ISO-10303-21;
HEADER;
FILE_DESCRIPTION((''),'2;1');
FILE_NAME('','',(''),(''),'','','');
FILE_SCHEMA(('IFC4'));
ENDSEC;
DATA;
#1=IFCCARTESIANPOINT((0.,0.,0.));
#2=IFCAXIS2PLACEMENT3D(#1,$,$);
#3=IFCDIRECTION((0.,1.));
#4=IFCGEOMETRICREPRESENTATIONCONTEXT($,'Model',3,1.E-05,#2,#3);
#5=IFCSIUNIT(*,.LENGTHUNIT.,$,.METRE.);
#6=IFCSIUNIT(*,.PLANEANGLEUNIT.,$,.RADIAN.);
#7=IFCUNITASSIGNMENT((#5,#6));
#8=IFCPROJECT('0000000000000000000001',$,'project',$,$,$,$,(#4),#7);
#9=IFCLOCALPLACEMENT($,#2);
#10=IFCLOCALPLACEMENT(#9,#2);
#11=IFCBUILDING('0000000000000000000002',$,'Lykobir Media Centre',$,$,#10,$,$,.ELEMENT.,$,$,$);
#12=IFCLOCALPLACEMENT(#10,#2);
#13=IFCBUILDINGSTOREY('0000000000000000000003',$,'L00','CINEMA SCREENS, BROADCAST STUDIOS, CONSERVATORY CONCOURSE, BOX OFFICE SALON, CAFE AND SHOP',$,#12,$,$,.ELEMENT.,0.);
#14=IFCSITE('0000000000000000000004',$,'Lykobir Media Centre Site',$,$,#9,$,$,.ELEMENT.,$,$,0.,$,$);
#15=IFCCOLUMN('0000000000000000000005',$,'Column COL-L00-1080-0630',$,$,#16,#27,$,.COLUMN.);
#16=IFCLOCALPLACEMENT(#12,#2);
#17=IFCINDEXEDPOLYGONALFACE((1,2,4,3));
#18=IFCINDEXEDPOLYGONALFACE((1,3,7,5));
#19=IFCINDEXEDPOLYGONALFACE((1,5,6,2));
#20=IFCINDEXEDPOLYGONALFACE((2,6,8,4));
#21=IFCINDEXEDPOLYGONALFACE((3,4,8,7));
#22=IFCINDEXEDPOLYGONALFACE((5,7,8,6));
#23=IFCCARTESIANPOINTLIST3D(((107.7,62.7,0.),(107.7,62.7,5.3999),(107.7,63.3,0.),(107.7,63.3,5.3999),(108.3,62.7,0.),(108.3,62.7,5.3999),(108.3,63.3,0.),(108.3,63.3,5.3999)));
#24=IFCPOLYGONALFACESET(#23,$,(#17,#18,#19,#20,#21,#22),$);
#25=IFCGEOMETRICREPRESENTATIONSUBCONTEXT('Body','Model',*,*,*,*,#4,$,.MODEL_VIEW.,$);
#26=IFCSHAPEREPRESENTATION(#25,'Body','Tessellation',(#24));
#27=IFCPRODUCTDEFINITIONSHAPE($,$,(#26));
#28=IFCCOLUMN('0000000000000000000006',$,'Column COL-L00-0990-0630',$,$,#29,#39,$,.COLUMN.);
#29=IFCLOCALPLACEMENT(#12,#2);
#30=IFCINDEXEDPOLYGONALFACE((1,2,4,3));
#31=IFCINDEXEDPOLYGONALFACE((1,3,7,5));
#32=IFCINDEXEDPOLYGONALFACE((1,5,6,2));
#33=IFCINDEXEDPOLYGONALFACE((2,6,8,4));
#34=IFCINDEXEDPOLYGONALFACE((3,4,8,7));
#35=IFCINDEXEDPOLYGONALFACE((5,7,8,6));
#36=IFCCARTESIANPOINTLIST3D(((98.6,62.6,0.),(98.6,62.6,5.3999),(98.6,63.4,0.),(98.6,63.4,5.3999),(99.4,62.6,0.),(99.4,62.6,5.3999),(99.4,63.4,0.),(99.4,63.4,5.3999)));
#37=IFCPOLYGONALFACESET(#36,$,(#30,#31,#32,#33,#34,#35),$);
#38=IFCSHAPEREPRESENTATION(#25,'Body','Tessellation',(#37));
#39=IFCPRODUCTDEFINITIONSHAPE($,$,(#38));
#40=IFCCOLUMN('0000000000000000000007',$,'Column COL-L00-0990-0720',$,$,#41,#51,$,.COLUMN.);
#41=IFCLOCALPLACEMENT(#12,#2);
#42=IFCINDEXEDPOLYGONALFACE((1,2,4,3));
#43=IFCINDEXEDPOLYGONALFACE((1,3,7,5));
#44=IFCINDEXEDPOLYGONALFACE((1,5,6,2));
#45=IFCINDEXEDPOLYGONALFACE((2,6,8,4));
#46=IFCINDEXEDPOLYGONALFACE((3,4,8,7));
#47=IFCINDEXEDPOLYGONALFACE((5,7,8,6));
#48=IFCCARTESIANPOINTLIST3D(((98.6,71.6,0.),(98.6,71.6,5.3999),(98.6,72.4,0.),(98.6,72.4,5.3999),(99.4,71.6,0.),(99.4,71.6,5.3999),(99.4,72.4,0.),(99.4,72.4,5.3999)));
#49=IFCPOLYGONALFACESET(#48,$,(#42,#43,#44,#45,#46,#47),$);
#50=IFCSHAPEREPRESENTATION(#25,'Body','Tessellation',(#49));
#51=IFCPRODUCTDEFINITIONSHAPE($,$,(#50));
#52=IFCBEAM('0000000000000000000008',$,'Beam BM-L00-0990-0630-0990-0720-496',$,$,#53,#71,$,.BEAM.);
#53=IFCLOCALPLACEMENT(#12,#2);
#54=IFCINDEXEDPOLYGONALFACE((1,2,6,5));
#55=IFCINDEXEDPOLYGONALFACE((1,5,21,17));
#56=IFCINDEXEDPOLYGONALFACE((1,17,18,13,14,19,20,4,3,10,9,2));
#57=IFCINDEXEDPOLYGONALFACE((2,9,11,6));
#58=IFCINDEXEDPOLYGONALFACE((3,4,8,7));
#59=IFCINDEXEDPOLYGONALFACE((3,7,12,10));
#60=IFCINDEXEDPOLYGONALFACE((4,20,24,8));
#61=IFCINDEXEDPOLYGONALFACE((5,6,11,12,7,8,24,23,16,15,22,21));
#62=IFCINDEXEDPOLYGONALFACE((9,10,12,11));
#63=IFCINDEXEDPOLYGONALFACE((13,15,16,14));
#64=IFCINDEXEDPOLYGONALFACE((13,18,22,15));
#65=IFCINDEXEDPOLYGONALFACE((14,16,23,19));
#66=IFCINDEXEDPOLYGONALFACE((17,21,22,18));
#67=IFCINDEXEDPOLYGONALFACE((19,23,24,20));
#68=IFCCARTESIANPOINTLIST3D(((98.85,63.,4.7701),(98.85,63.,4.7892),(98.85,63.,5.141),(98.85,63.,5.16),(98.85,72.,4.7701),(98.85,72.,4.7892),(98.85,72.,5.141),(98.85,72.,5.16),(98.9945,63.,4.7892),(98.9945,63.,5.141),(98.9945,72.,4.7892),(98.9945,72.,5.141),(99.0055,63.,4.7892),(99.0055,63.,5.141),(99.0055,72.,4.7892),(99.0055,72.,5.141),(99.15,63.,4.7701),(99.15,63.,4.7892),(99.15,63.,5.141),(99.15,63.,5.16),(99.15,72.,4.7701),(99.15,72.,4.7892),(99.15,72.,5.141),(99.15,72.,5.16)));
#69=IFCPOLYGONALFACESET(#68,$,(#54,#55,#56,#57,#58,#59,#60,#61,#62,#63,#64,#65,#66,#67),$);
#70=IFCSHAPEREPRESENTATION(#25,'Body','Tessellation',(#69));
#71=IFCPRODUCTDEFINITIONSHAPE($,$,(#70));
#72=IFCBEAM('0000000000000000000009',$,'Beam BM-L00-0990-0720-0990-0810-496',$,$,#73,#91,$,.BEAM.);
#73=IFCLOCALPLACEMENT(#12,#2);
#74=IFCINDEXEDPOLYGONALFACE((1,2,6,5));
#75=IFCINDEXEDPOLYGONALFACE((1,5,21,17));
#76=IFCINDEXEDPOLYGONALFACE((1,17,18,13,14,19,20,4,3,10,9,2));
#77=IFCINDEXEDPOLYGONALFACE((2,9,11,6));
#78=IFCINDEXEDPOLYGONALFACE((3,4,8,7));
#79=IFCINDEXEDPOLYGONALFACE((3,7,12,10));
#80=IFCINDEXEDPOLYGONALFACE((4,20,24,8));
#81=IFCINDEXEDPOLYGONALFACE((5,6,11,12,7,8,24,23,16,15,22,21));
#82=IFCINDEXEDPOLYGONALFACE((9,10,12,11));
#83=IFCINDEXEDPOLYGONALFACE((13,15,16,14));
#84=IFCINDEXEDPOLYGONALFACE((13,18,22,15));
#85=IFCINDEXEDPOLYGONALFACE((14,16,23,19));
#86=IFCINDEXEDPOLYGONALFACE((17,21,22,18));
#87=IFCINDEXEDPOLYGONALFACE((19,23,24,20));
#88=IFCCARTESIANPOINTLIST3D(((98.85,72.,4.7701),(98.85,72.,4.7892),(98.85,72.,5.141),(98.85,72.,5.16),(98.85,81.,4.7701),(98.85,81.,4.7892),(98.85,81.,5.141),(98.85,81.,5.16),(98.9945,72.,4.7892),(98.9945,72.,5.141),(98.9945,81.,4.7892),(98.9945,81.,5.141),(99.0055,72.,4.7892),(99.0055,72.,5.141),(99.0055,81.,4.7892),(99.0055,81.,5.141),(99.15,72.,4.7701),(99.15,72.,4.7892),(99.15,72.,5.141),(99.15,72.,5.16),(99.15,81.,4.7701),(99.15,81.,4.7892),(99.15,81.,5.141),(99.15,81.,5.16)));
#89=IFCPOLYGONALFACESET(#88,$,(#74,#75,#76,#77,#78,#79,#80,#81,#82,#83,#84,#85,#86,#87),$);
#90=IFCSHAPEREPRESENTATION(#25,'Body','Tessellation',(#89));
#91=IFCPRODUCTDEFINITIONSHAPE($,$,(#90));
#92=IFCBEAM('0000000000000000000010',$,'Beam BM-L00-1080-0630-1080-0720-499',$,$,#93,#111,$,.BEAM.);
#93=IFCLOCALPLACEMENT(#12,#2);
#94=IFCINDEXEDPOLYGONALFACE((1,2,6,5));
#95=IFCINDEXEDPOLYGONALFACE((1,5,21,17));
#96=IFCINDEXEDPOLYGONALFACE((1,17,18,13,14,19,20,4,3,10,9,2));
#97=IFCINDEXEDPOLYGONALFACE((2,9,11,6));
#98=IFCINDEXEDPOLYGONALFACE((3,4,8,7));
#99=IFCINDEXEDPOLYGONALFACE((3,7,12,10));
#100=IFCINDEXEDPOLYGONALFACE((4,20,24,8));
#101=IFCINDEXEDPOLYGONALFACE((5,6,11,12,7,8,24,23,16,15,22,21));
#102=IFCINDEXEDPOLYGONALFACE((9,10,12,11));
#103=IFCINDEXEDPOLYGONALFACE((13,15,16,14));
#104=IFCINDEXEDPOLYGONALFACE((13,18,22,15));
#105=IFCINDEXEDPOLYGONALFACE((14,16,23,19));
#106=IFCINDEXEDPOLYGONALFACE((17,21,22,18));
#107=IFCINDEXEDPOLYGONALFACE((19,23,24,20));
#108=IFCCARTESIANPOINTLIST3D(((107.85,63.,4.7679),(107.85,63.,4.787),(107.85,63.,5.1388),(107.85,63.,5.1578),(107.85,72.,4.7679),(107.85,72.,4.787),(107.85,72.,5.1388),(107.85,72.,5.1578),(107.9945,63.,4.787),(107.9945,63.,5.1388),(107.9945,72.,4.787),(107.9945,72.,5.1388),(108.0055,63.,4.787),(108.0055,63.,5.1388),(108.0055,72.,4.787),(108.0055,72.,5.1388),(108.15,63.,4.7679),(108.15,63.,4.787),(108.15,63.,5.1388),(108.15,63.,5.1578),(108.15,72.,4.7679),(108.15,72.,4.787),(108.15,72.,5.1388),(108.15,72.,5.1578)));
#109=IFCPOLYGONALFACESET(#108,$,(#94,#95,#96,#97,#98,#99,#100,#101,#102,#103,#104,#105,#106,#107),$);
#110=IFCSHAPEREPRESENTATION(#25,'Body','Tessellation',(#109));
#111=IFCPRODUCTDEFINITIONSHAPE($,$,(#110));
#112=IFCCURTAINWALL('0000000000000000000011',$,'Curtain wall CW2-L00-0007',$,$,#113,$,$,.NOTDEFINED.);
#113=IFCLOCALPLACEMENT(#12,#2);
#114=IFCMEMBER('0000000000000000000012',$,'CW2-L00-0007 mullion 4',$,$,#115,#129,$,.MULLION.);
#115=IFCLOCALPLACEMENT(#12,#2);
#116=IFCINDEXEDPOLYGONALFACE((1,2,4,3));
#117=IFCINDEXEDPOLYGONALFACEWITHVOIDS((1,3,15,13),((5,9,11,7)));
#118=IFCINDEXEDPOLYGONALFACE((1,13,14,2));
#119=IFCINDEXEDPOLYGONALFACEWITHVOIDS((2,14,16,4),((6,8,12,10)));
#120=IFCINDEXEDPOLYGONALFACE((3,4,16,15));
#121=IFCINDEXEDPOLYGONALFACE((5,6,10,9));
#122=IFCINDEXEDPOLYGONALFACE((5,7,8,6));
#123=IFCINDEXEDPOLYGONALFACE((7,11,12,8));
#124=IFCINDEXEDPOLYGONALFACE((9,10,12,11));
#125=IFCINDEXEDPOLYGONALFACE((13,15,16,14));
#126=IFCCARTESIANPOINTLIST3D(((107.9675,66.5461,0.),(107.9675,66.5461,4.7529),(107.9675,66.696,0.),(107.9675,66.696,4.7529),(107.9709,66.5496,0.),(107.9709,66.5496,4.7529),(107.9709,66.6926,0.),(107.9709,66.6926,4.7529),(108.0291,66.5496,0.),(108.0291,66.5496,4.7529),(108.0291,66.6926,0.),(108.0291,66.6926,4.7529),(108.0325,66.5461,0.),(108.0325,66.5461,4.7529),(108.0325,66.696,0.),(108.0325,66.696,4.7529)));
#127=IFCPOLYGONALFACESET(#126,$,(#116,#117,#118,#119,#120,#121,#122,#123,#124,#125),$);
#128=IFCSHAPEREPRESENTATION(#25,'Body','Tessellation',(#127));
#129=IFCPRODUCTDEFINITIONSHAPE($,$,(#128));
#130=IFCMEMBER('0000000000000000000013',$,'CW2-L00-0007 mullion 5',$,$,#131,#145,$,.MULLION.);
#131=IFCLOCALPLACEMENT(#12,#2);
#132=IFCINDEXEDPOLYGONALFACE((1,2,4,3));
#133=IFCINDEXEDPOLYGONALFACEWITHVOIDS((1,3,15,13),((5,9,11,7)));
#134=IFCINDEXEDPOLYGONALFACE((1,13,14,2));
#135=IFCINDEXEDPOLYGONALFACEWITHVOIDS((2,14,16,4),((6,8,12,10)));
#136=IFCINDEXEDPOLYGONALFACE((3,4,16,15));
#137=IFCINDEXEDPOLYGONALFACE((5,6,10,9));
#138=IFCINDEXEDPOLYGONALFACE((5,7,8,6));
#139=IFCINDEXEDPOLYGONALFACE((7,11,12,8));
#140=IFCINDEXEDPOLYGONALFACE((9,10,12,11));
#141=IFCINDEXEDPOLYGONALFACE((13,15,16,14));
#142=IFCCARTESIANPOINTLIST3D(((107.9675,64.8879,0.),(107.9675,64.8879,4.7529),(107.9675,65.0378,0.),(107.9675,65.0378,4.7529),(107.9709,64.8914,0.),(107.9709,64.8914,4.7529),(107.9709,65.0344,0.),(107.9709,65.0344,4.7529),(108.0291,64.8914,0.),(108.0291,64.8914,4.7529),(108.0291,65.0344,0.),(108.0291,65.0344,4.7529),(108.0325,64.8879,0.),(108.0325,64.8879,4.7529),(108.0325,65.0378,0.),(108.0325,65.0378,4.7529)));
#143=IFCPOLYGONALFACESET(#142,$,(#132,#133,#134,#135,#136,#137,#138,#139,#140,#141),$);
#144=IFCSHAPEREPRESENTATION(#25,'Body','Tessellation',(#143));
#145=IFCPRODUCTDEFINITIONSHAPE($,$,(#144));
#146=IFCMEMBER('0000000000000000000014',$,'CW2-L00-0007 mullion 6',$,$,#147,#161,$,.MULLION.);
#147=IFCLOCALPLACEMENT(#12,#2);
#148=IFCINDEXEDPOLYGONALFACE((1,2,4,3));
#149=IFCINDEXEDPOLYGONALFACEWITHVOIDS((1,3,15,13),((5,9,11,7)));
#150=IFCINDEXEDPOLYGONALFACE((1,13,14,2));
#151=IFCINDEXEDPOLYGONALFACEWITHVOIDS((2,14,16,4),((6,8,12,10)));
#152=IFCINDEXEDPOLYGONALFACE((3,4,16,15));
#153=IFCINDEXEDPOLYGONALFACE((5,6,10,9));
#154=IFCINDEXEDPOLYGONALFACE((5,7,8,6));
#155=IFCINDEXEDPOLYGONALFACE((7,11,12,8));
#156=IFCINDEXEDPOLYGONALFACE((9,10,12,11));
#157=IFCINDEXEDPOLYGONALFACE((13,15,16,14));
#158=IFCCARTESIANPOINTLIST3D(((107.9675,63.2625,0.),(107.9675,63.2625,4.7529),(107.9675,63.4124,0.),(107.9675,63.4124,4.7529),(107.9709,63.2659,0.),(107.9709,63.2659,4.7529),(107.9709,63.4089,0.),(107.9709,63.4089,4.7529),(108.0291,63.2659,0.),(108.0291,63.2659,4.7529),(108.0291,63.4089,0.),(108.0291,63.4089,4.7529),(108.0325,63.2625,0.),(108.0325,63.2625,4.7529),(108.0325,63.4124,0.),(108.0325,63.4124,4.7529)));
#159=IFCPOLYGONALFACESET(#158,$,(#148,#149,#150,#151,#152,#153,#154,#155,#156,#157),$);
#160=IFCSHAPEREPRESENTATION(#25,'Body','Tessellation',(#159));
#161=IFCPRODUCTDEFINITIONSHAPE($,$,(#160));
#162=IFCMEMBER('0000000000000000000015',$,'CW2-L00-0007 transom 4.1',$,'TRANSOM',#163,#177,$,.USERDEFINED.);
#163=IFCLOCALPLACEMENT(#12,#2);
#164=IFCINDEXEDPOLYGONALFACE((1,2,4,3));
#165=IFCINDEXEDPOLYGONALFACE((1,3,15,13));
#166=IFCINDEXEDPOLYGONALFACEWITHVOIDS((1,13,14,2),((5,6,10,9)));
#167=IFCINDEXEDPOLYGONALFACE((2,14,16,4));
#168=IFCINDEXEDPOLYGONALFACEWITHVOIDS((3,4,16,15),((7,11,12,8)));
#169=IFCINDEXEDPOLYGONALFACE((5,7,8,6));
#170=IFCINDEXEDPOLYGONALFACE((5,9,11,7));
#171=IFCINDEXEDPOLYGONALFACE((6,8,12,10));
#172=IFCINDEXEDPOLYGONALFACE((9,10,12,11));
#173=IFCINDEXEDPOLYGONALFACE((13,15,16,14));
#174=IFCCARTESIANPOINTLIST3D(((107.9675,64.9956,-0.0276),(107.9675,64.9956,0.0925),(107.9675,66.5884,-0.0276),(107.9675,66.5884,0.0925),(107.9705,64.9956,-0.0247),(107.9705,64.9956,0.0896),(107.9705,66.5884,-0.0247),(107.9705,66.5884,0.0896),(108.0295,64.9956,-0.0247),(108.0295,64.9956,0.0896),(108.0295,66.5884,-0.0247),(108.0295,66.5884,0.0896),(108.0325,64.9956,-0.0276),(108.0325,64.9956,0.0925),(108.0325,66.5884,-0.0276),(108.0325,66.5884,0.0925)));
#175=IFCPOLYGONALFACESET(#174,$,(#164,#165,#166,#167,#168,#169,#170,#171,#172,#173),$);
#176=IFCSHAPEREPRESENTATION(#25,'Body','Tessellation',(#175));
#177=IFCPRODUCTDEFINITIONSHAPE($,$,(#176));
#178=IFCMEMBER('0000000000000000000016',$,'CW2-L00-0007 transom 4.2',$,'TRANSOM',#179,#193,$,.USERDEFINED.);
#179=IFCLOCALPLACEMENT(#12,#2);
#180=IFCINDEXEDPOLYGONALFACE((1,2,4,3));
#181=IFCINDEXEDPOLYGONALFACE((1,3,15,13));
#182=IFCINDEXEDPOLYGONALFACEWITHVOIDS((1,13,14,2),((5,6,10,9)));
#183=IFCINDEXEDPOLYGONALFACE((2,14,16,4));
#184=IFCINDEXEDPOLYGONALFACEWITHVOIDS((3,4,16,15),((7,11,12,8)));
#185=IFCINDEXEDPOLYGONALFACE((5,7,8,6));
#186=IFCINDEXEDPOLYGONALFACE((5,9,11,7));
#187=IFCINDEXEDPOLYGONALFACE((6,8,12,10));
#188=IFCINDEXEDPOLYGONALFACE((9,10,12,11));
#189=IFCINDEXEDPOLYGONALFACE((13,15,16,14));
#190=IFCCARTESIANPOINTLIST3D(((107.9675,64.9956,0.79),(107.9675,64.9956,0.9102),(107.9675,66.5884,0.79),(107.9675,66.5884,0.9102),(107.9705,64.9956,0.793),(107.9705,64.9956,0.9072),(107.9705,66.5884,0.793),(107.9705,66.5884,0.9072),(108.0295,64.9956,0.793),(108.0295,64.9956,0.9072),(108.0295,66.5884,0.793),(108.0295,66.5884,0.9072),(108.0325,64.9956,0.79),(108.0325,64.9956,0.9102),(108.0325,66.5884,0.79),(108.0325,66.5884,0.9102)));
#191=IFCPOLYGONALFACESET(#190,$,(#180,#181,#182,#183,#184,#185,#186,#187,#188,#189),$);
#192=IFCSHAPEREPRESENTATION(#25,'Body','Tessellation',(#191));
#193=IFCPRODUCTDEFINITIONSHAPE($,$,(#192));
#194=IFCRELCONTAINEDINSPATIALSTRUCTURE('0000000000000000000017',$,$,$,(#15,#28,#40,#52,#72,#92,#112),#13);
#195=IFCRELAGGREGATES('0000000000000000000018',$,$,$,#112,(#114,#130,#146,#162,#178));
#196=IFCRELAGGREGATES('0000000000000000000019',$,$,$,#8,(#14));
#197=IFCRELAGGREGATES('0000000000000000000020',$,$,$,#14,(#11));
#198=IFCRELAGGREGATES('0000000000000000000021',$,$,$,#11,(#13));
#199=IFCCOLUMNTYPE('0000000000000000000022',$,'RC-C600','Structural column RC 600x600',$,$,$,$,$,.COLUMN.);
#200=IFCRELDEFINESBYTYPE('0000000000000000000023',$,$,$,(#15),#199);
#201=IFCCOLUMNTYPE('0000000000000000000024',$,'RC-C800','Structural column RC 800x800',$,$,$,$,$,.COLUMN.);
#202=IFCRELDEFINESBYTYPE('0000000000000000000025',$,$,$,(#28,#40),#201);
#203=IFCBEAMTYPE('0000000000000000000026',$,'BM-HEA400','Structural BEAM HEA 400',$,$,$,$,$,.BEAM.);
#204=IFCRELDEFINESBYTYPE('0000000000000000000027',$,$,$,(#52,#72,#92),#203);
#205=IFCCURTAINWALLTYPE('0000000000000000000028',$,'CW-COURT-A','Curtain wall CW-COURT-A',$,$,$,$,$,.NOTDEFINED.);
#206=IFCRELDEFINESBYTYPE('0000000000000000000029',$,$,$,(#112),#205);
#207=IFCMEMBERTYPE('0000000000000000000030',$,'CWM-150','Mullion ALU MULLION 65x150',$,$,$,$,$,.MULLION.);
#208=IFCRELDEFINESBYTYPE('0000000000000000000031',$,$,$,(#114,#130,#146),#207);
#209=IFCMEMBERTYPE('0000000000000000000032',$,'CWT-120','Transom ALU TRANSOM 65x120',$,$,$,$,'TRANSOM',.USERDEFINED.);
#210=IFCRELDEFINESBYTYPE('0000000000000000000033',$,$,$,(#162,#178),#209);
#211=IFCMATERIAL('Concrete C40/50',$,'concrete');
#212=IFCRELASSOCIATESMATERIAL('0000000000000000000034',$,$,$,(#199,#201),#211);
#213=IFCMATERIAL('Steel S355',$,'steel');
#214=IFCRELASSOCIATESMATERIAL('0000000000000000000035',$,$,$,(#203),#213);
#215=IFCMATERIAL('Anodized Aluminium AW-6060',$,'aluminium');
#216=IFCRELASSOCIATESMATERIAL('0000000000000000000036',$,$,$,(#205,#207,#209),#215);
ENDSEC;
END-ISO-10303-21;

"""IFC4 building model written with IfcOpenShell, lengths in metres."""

from ifc_helpers import new_model, si_unit, direction, frame, origin, origin_2d, place, context, subcontext, project, spatial, rectangle, hollow_rectangle, i_section, extrude, material, material_profile, profile_set, type_object, element, aggregate, save


model = new_model("IFC4")

# Units and contexts
model_context = context("Model", 3, precision=1e-05, world=origin(), true_north=direction((0.0, 1.0)))
body_context = subcontext(model_context, "Body", "Model", "MODEL_VIEW")
ifc_project = project(units=[si_unit("LENGTHUNIT", "METRE"), si_unit("PLANEANGLEUNIT", "RADIAN")], contexts=[model_context])

# Site, building, storey
site_placement = place(None, origin())
site = spatial("IfcSite", under=ifc_project, at=site_placement, Name="Lykobir Media Centre Site", CompositionType="ELEMENT", RefElevation=0.0)
building_placement = place(site_placement, origin())
building = spatial("IfcBuilding", under=site, at=building_placement, Name="Lykobir Media Centre", CompositionType="ELEMENT")
storey_placement = place(building_placement, origin())
storey = spatial("IfcBuildingStorey", under=building, at=storey_placement, Name="L00", Description="CINEMA SCREENS, BROADCAST STUDIOS, CONSERVATORY CONCOURSE, BOX OFFICE SALON, CAFE AND SHOP", CompositionType="ELEMENT", Elevation=0.0)

# Columns
ifc_material_1 = material(Name="Concrete C40/50", Category="concrete")
ifc_material_profile_1 = material_profile(ifc_material_1, rectangle(XDim=0.6001, YDim=0.6001, at=origin_2d()), Name="RC 600x600")
ifc_profile_set_1 = profile_set([ifc_material_profile_1], Name="Concrete C40/50")
column_type_1 = type_object("IfcColumnType", Name="RC-C600", Description="Structural column RC 600x600", PredefinedType="COLUMN", material=ifc_profile_set_1)
column_placement = place(storey_placement, frame((108.0, 63.0, 0.0), z_axis=(0.0, 0.0, 1.0), x_axis=(1.0, 0.0, 0.0)))
element("IfcColumn", 1, at=column_placement, inside=storey, type_object=column_type_1, Name="Column COL-L00-1080-0630", PredefinedType="COLUMN", context=body_context, shape_type="SweptSolid", body=[
    extrude(rectangle(XDim=0.6001, YDim=0.6001, at=origin_2d()), origin(), (0.0, 0.0, 1.0), 5.3999),
])
ifc_material_profile_2 = material_profile(ifc_material_1, rectangle(XDim=0.8, YDim=0.8, at=origin_2d()), Name="RC 800x800")
ifc_profile_set_2 = profile_set([ifc_material_profile_2], Name="Concrete C40/50")
column_type_2 = type_object("IfcColumnType", Name="RC-C800", Description="Structural column RC 800x800", PredefinedType="COLUMN", material=ifc_profile_set_2)
for number, where, z_axis, x_axis, name in (
    (2, (99.0, 63.0, 0.0), (0.0, 0.0, 1.0), (1.0, 0.0, 0.0), "Column COL-L00-0990-0630"),
    (3, (99.0, 72.0, 0.0), (0.0, 0.0, 1.0), (1.0, 0.0, 0.0), "Column COL-L00-0990-0720"),
):
    element("IfcColumn", number, at=place(storey_placement, frame(where, z_axis=z_axis, x_axis=x_axis)), inside=storey, type_object=column_type_2, Name=name, PredefinedType="COLUMN", context=body_context, shape_type="SweptSolid", body=[
        extrude(rectangle(XDim=0.8, YDim=0.8, at=origin_2d()), origin(), (0.0, 0.0, 1.0), 5.3999),
    ])

# Beams
ifc_material_2 = material(Name="Steel S355", Category="steel")
ifc_material_profile_3 = material_profile(ifc_material_2, i_section(OverallWidth=0.3, OverallDepth=0.3899, WebThickness=0.011, FlangeThickness=0.019, at=origin_2d()), Name="HEA 400")
ifc_profile_set_3 = profile_set([ifc_material_profile_3], Name="Steel S355")
beam_type_1 = type_object("IfcBeamType", Name="BM-HEA400", Description="Structural BEAM HEA 400", PredefinedType="BEAM", material=ifc_profile_set_3)
for number, where, z_axis, x_axis, name in (
    (4, (99.0, 63.0, 4.9651), (0.0, 1.0, 0.0), (-1.0, 0.0, 0.0), "Beam BM-L00-0990-0630-0990-0720-496"),
    (5, (99.0, 72.0, 4.9651), (0.0, 1.0, 0.0), (-1.0, 0.0, 0.0), "Beam BM-L00-0990-0720-0990-0810-496"),
    (6, (108.0, 63.0, 4.9629), (0.0, 1.0, 0.0), (-1.0, 0.0, 0.0), "Beam BM-L00-1080-0630-1080-0720-499"),
):
    element("IfcBeam", number, at=place(storey_placement, frame(where, z_axis=z_axis, x_axis=x_axis)), inside=storey, type_object=beam_type_1, Name=name, PredefinedType="BEAM", context=body_context, shape_type="SweptSolid", body=[
        extrude(i_section(OverallWidth=0.3, OverallDepth=0.3899, WebThickness=0.011, FlangeThickness=0.019, at=origin_2d()), origin(), (0.0, 0.0, 1.0), 9.0),
    ])

# Curtain wall, members
ifc_material_3 = material(Name="Anodized Aluminium AW-6060", Category="aluminium")
curtain_wall_type = type_object("IfcCurtainWallType", Name="CW-COURT-A", Description="Curtain wall CW-COURT-A", PredefinedType="NOTDEFINED", material=ifc_material_3)
curtain_wall_placement = place(storey_placement, origin())
curtain_wall = element("IfcCurtainWall", 7, at=curtain_wall_placement, inside=storey, type_object=curtain_wall_type, Name="Curtain wall CW2-L00-0007", PredefinedType="NOTDEFINED")
ifc_material_profile_4 = material_profile(ifc_material_3, hollow_rectangle(XDim=0.0649, YDim=0.1499, WallThickness=0.0034, at=origin_2d()), Name="ALU MULLION 65x150")
ifc_profile_set_4 = profile_set([ifc_material_profile_4], Name="Anodized Aluminium AW-6060")
member_type_1 = type_object("IfcMemberType", Name="CWM-150", Description="Mullion ALU MULLION 65x150", PredefinedType="MULLION", material=ifc_profile_set_4)
member_1_placement = place(storey_placement, frame((108.0, 66.6211, 0.0), z_axis=(0.0, 0.0, 1.0), x_axis=(1.0, 0.0, 0.0)))
member_1 = element("IfcMember", 8, at=member_1_placement, type_object=member_type_1, Name="CW2-L00-0007 mullion 4", PredefinedType="MULLION", context=body_context, shape_type="SweptSolid", body=[
    extrude(hollow_rectangle(XDim=0.0649, YDim=0.1499, WallThickness=0.0034, at=origin_2d()), origin(), (0.0, 0.0, 1.0), 4.7529),
])
member_2_placement = place(storey_placement, frame((108.0, 64.9629, 0.0), z_axis=(0.0, 0.0, 1.0), x_axis=(1.0, 0.0, 0.0)))
member_2 = element("IfcMember", 9, at=member_2_placement, type_object=member_type_1, Name="CW2-L00-0007 mullion 5", PredefinedType="MULLION", context=body_context, shape_type="SweptSolid", body=[
    extrude(hollow_rectangle(XDim=0.0649, YDim=0.1499, WallThickness=0.0034, at=origin_2d()), origin(), (0.0, 0.0, 1.0), 4.7529),
])
member_3_placement = place(storey_placement, frame((108.0, 63.3374, 0.0), z_axis=(0.0, 0.0, 1.0), x_axis=(1.0, 0.0, 0.0)))
member_3 = element("IfcMember", 10, at=member_3_placement, type_object=member_type_1, Name="CW2-L00-0007 mullion 6", PredefinedType="MULLION", context=body_context, shape_type="SweptSolid", body=[
    extrude(hollow_rectangle(XDim=0.0649, YDim=0.1499, WallThickness=0.0034, at=origin_2d()), origin(), (0.0, 0.0, 1.0), 4.7529),
])
ifc_material_profile_5 = material_profile(ifc_material_3, hollow_rectangle(XDim=0.0649, YDim=0.1201, WallThickness=0.0029, at=origin_2d()), Name="ALU TRANSOM 65x120")
ifc_profile_set_5 = profile_set([ifc_material_profile_5], Name="Anodized Aluminium AW-6060")
member_type_2 = type_object("IfcMemberType", Name="CWT-120", Description="Transom ALU TRANSOM 65x120", ElementType="TRANSOM", PredefinedType="USERDEFINED", material=ifc_profile_set_5)
member_4_placement = place(storey_placement, frame((108.0, 66.5884, 0.0325), z_axis=(0.0, -1.0, 0.0), x_axis=(1.0, 0.0, 0.0)))
member_4 = element("IfcMember", 11, at=member_4_placement, type_object=member_type_2, Name="CW2-L00-0007 transom 4.1", ObjectType="TRANSOM", PredefinedType="USERDEFINED", context=body_context, shape_type="SweptSolid", body=[
    extrude(hollow_rectangle(XDim=0.0649, YDim=0.1201, WallThickness=0.0029, at=origin_2d()), origin(), (0.0, 0.0, 1.0), 1.5928),
])
member_5_placement = place(storey_placement, frame((108.0, 66.5884, 0.8501), z_axis=(0.0, -1.0, 0.0), x_axis=(1.0, 0.0, 0.0)))
member_5 = element("IfcMember", 12, at=member_5_placement, type_object=member_type_2, Name="CW2-L00-0007 transom 4.2", ObjectType="TRANSOM", PredefinedType="USERDEFINED", context=body_context, shape_type="SweptSolid", body=[
    extrude(hollow_rectangle(XDim=0.0649, YDim=0.1201, WallThickness=0.0029, at=origin_2d()), origin(), (0.0, 0.0, 1.0), 1.5928),
])

aggregate(curtain_wall, [member_1, member_2, member_3, member_4, member_5])

save(model, "model.ifc")
